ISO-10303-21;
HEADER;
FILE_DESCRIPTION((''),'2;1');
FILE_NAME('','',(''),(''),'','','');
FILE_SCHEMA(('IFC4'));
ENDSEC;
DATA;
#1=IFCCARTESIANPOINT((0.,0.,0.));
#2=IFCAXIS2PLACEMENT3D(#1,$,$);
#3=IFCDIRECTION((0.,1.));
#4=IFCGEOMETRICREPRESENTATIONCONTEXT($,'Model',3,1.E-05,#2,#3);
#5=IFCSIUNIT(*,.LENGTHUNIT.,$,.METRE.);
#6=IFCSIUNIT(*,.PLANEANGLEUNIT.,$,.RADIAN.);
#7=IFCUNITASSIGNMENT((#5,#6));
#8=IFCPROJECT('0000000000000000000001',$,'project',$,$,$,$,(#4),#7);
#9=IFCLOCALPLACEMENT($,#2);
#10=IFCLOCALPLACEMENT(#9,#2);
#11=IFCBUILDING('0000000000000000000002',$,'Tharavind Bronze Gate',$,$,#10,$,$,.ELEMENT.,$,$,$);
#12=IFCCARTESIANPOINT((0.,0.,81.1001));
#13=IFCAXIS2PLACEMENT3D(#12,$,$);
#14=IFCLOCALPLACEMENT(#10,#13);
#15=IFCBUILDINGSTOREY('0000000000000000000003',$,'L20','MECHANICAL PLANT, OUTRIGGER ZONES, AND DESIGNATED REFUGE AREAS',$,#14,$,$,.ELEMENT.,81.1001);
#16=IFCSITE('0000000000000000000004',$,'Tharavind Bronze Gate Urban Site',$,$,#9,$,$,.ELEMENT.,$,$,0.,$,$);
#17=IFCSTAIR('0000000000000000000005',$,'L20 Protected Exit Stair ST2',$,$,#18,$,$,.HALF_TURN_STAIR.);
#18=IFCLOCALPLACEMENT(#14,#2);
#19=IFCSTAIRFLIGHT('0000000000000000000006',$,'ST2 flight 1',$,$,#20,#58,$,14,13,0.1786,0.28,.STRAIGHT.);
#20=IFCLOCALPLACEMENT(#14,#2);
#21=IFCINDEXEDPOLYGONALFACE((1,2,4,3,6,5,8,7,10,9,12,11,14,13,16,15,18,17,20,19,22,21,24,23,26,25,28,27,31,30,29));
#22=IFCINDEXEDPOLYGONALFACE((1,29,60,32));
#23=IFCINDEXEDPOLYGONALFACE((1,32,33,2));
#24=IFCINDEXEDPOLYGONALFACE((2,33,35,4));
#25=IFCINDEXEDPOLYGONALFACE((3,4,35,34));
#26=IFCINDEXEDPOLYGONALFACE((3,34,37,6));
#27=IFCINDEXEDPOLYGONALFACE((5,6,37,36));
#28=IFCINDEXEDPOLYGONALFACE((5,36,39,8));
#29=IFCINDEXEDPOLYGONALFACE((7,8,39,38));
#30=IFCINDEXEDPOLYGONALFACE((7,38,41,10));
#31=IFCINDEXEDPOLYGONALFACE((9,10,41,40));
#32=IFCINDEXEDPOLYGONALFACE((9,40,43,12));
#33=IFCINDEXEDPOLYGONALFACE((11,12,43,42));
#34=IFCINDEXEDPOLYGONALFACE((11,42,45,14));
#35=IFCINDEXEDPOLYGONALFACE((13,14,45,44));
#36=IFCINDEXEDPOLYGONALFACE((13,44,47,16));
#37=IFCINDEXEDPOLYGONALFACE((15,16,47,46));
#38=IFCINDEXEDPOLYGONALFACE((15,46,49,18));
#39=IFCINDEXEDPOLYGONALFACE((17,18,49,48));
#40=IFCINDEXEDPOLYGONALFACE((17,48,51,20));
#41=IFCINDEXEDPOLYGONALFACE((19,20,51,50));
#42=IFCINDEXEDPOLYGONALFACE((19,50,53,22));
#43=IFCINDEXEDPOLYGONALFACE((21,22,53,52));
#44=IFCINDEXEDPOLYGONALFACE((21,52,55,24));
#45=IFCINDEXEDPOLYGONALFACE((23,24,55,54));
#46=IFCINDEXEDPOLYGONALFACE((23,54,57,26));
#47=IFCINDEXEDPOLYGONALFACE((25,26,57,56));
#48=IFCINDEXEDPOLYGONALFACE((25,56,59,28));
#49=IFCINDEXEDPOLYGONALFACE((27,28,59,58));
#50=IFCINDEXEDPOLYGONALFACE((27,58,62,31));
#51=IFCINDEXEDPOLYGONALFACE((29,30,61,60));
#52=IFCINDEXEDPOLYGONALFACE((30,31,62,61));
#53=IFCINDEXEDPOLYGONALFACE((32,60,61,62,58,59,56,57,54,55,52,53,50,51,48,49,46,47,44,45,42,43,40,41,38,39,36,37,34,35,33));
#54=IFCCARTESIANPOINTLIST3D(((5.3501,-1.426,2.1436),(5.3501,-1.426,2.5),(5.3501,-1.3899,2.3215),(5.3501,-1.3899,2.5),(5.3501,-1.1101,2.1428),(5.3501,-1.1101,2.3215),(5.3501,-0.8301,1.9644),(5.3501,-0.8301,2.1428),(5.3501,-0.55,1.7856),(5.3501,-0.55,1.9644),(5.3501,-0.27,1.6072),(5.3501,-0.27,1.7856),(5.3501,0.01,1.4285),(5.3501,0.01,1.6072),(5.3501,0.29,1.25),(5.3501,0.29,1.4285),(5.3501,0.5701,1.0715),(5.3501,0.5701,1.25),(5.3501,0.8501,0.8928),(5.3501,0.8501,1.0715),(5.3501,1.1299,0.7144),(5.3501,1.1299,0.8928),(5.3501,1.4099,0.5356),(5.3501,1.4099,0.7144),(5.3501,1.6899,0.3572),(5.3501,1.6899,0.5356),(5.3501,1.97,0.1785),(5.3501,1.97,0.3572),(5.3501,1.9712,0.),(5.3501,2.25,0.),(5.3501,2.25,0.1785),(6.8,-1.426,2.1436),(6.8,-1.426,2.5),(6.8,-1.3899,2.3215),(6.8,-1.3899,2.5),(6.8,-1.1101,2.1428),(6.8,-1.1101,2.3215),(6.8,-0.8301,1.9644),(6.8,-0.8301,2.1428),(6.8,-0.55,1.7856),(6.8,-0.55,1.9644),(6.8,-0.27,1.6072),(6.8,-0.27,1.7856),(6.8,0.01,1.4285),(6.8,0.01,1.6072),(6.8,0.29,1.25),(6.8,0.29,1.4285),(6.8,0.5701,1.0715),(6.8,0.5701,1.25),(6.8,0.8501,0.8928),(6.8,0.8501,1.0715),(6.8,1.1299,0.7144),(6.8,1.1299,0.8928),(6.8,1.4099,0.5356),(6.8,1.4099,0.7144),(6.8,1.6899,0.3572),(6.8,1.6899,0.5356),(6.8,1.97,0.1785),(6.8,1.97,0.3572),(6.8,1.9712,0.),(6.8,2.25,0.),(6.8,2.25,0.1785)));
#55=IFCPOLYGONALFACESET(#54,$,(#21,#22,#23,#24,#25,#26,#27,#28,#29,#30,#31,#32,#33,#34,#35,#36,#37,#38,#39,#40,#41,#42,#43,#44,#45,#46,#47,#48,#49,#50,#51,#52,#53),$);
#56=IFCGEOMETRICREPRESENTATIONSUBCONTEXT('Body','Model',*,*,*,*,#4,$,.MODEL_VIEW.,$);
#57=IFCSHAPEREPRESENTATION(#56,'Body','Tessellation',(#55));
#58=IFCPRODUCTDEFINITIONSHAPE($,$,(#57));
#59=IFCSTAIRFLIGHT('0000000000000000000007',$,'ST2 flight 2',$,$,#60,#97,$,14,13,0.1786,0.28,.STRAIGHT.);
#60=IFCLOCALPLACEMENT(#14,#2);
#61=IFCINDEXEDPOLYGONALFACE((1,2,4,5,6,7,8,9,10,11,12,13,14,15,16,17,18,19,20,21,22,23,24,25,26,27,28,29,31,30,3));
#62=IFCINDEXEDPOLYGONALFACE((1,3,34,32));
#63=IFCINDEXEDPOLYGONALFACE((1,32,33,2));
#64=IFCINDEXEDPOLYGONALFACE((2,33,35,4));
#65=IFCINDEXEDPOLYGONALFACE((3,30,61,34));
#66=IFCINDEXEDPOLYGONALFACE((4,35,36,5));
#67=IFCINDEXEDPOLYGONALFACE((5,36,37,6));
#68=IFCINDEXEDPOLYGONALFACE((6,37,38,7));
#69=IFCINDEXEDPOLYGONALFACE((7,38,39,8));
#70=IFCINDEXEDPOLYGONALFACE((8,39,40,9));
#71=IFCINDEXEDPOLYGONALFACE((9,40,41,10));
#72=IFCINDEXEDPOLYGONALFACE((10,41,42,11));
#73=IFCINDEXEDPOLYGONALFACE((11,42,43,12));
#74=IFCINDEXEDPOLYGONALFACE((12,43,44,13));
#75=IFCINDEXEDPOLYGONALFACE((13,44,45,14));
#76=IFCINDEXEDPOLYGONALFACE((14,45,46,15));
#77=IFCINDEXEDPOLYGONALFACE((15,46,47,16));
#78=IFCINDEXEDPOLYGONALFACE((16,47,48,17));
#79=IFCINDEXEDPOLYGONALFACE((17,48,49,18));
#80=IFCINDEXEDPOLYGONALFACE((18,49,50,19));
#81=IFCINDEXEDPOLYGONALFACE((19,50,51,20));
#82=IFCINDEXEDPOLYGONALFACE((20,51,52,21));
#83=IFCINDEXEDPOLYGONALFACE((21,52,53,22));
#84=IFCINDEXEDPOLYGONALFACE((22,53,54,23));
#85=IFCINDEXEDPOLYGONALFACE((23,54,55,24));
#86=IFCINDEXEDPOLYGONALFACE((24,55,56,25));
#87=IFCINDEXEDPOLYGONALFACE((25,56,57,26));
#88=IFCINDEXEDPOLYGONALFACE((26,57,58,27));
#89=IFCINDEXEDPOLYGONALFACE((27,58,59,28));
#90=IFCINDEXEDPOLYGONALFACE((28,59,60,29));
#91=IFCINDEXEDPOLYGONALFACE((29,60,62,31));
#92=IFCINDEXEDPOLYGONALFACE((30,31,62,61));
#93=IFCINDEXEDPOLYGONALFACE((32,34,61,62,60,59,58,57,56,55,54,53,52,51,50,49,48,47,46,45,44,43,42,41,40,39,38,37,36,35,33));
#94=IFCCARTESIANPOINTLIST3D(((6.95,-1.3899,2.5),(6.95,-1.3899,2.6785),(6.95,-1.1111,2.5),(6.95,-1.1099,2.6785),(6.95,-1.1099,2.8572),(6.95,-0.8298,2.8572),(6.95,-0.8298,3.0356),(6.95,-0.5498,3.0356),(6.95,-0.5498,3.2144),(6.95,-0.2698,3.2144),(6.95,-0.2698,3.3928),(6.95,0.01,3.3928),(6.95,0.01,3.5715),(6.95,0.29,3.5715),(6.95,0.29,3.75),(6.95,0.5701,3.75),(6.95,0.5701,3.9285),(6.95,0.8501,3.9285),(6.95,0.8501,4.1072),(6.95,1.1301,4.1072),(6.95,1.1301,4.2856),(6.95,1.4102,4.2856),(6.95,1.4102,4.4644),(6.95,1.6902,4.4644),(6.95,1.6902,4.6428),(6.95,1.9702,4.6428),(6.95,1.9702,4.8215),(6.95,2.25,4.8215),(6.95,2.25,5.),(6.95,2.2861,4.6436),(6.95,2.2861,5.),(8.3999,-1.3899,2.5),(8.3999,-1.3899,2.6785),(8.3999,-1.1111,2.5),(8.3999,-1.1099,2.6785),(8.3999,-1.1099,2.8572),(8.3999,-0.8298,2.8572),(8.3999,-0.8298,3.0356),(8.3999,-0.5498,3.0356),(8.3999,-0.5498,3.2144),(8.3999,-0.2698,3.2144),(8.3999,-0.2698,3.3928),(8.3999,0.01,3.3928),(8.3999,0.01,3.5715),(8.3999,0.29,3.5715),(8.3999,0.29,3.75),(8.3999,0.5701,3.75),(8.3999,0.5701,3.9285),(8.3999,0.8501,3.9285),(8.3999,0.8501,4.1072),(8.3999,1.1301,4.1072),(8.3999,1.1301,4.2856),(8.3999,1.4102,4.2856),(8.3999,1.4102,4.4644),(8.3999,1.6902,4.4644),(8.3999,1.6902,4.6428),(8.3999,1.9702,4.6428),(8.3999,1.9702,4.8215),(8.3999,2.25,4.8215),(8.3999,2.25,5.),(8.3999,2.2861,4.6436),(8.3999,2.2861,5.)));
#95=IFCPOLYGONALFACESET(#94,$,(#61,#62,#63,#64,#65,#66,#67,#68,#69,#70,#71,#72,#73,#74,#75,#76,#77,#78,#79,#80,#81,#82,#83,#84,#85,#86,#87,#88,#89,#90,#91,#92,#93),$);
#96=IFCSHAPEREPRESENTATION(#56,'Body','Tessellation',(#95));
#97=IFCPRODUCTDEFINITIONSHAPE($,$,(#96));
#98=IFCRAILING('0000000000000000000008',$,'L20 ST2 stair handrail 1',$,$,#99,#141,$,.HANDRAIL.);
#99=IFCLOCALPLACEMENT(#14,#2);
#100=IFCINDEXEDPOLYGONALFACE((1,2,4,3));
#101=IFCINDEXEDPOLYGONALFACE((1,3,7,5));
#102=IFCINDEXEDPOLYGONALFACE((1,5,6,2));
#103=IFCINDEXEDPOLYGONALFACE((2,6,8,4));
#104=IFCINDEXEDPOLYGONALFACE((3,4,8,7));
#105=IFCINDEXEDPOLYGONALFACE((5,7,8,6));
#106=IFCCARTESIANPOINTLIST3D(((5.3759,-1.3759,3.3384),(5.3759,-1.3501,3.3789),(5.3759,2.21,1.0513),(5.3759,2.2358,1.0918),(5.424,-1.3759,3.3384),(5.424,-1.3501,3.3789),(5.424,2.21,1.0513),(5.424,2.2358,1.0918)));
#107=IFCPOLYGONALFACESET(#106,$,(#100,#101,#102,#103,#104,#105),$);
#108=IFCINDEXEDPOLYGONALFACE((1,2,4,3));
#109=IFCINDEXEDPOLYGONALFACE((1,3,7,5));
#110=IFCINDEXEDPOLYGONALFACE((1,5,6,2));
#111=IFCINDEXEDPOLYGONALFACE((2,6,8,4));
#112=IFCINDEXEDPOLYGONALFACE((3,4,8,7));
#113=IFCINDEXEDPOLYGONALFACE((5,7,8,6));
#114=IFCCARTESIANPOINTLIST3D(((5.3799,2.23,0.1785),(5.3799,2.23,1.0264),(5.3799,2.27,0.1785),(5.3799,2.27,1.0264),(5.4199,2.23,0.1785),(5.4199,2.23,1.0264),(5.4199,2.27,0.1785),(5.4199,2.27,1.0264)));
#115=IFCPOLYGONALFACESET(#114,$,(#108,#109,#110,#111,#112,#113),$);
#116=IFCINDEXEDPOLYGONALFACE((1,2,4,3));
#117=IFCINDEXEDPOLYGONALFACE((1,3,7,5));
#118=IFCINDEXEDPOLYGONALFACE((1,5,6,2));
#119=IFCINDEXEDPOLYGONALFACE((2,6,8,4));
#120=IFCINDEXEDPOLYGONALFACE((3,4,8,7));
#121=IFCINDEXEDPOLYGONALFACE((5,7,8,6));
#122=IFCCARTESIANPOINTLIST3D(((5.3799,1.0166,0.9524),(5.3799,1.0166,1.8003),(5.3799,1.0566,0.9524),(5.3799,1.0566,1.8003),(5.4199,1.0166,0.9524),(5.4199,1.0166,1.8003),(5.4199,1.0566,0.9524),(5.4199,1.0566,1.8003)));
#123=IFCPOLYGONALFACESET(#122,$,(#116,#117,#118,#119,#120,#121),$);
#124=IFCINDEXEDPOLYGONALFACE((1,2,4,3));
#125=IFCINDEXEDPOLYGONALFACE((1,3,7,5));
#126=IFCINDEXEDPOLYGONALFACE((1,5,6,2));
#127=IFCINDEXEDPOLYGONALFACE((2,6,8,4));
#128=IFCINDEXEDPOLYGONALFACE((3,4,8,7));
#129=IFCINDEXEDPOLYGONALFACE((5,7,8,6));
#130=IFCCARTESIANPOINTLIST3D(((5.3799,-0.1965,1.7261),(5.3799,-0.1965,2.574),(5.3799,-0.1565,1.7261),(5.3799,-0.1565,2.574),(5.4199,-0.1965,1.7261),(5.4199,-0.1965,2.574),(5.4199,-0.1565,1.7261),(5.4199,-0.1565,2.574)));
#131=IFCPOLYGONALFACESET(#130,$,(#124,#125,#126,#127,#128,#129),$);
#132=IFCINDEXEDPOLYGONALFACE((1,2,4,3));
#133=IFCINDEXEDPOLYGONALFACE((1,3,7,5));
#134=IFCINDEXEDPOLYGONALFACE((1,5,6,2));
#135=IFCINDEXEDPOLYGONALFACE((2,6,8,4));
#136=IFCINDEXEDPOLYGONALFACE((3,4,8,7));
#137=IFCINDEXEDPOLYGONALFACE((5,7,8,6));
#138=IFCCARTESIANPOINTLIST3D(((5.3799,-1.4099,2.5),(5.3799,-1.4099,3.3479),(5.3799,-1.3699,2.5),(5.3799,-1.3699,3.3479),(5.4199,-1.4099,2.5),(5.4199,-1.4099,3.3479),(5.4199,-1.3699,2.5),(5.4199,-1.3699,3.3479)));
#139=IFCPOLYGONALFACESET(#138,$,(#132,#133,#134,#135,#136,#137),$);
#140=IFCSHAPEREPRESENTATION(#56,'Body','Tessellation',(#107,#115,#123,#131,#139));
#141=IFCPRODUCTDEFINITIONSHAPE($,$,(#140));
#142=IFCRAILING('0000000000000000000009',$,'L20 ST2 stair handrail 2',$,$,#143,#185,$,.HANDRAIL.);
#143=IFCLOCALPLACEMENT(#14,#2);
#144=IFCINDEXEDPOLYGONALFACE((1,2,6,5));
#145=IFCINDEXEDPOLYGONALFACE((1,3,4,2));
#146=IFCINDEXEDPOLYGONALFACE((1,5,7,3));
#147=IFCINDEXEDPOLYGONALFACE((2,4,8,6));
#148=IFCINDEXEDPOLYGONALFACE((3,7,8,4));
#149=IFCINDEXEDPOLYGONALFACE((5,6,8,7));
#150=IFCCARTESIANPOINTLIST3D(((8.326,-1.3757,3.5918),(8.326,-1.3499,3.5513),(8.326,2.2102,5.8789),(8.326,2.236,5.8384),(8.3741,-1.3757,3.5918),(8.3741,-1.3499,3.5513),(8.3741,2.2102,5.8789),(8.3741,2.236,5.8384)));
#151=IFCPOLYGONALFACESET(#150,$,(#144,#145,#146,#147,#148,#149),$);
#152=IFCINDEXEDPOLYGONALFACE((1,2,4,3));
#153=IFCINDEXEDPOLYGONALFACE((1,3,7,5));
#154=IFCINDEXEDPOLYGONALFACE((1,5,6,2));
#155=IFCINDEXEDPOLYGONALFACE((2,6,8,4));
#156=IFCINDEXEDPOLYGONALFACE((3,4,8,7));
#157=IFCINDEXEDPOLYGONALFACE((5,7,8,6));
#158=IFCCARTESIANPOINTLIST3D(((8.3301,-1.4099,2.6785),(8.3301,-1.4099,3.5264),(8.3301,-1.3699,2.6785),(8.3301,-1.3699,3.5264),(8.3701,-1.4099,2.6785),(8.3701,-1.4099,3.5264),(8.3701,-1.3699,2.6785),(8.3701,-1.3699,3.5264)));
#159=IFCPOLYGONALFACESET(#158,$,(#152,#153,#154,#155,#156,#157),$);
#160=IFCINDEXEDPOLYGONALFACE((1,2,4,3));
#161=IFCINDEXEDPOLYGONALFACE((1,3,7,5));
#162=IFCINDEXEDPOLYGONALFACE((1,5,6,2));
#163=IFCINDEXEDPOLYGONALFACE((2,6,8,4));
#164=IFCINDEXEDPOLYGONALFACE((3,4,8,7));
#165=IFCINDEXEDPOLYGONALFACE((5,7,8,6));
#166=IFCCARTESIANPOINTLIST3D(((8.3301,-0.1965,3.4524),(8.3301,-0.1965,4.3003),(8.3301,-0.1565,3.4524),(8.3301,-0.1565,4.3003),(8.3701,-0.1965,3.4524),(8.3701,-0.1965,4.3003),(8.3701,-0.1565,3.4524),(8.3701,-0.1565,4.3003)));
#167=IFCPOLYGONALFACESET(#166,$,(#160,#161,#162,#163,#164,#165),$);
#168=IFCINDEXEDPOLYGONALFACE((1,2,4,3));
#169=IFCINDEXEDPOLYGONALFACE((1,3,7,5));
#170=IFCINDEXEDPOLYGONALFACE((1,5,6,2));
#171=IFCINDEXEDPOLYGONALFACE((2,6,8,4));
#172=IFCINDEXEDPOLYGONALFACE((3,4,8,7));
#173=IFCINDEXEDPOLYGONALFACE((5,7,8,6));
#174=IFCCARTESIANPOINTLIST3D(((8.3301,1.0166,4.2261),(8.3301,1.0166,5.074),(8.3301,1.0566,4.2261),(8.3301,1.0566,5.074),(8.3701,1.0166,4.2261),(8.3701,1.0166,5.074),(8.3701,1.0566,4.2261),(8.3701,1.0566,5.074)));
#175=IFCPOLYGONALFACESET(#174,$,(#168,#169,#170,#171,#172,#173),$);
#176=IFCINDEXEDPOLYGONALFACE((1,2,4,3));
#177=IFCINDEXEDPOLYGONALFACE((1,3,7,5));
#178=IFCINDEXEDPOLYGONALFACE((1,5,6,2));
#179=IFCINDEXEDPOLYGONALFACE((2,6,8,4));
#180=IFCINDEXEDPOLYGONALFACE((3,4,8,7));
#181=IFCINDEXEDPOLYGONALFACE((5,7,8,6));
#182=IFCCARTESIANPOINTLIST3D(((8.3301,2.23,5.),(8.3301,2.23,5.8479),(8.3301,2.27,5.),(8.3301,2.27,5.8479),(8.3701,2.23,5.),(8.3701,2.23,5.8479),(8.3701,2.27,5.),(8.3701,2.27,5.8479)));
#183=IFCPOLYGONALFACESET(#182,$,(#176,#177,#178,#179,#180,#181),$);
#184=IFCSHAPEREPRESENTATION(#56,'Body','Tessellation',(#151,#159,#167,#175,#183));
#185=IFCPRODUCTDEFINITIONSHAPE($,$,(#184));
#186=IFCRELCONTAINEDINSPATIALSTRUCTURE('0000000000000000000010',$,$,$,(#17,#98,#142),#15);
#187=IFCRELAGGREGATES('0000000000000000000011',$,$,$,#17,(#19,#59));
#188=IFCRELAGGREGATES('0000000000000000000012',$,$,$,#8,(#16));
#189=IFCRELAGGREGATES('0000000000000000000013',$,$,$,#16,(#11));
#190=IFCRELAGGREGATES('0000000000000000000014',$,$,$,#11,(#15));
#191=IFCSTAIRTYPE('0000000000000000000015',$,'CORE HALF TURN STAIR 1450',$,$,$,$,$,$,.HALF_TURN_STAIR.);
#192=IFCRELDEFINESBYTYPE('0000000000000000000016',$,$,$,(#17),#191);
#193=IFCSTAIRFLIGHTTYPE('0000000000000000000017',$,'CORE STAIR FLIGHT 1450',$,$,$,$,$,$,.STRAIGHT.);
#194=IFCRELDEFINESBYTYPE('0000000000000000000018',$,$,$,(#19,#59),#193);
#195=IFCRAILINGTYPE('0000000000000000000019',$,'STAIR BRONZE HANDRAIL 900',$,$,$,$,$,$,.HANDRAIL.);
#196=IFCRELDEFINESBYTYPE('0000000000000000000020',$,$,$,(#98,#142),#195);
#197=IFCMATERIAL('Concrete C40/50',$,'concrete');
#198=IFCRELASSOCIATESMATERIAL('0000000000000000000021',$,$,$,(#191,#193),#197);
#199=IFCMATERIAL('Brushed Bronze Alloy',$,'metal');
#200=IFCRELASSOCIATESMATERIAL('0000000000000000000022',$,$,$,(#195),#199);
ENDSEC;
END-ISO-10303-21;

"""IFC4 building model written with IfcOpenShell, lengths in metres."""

from ifc_helpers import new_model, si_unit, direction, frame, origin, origin_2d, place, context, subcontext, project, spatial, polyline, rectangle, outline, extrude, material, type_object, element, aggregate, save


model = new_model("IFC4")

# Units and contexts
model_context = context("Model", 3, precision=1e-05, world=origin(), true_north=direction((0.0, 1.0)))
body_context = subcontext(model_context, "Body", "Model", "MODEL_VIEW")
ifc_project = project(units=[si_unit("LENGTHUNIT", "METRE"), si_unit("PLANEANGLEUNIT", "RADIAN")], contexts=[model_context])

# Site, building, storey
site_placement = place(None, origin())
site = spatial("IfcSite", under=ifc_project, at=site_placement, Name="Tharavind Bronze Gate Urban Site", CompositionType="ELEMENT", RefElevation=0.0)
building_placement = place(site_placement, origin())
building = spatial("IfcBuilding", under=site, at=building_placement, Name="Tharavind Bronze Gate", CompositionType="ELEMENT")
storey_placement = place(building_placement, frame((0.0, 0.0, 81.1001)))
storey = spatial("IfcBuildingStorey", under=building, at=storey_placement, Name="L20", Description="MECHANICAL PLANT, OUTRIGGER ZONES, AND DESIGNATED REFUGE AREAS", CompositionType="ELEMENT", Elevation=81.1001)

# Stair
ifc_material_1 = material(Name="Concrete C40/50", Category="concrete")
stair_type = type_object("IfcStairType", Name="CORE HALF TURN STAIR 1450", PredefinedType="HALF_TURN_STAIR", material=ifc_material_1)
stair_1_placement = place(storey_placement, origin())
stair_1 = element("IfcStair", 1, at=stair_1_placement, inside=storey, type_object=stair_type, Name="L20 Protected Exit Stair ST2", PredefinedType="HALF_TURN_STAIR")

# Stair flights
stair_flight_type = type_object("IfcStairFlightType", Name="CORE STAIR FLIGHT 1450", PredefinedType="STRAIGHT", material=ifc_material_1)
stair_flight_1_placement = place(storey_placement, frame((6.075, 2.25, 0.0), z_axis=(0.0, 0.0, 1.0), x_axis=(0.0, -1.0, 0.0)))
stair_flight_1 = element("IfcStairFlight", 2, at=stair_flight_1_placement, type_object=stair_flight_type, Name="ST2 flight 1", NumberOfRisers=14, NumberOfTreads=13, PredefinedType="STRAIGHT", RiserHeight=0.1786, TreadLength=0.28, context=body_context, shape_type="SweptSolid", body=[
    extrude(outline(polyline([(0.0, 0.0), (0.0, 0.1785), (0.28, 0.1785), (0.28, 0.3572), (0.5601, 0.3572), (0.5601, 0.5356), (0.8401, 0.5356), (0.8401, 0.7144), (1.1201, 0.7144), (1.1201, 0.8928), (1.3999, 0.8928), (1.3999, 1.0715), (1.6799, 1.0715), (1.6799, 1.25), (1.96, 1.25), (1.96, 1.4285), (2.24, 1.4285), (2.24, 1.6072), (2.52, 1.6072), (2.52, 1.7856), (2.8, 1.7856), (2.8, 1.9644), (3.0801, 1.9644), (3.0801, 2.1428), (3.3601, 2.1428), (3.3601, 2.3215), (3.6399, 2.3215), (3.6399, 2.5), (3.676, 2.5), (3.676, 2.1436), (0.2788, 0.0), (0.0, 0.0)])), frame((0.0, 0.7251, 0.0), z_axis=(0.0, -1.0, 0.0), x_axis=(1.0, 0.0, 0.0)), (0.0, 0.0, 1.0), 1.45),
])
stair_flight_2_placement = place(storey_placement, frame((7.675, -1.3899, 2.5), z_axis=(0.0, 0.0, 1.0), x_axis=(0.0, 1.0, 0.0)))
stair_flight_2 = element("IfcStairFlight", 3, at=stair_flight_2_placement, type_object=stair_flight_type, Name="ST2 flight 2", NumberOfRisers=14, NumberOfTreads=13, PredefinedType="STRAIGHT", RiserHeight=0.1786, TreadLength=0.28, context=body_context, shape_type="SweptSolid", body=[
    extrude(outline(polyline([(0.0, 0.0), (0.0, 0.1785), (0.28, 0.1785), (0.28, 0.3572), (0.5601, 0.3572), (0.5601, 0.5356), (0.8401, 0.5356), (0.8401, 0.7144), (1.1201, 0.7144), (1.1201, 0.8928), (1.3999, 0.8928), (1.3999, 1.0715), (1.6799, 1.0715), (1.6799, 1.25), (1.96, 1.25), (1.96, 1.4285), (2.24, 1.4285), (2.24, 1.6072), (2.52, 1.6072), (2.52, 1.7856), (2.8, 1.7856), (2.8, 1.9644), (3.0801, 1.9644), (3.0801, 2.1428), (3.3601, 2.1428), (3.3601, 2.3215), (3.6399, 2.3215), (3.6399, 2.5), (3.676, 2.5), (3.676, 2.1436), (0.2788, 0.0), (0.0, 0.0)])), frame((0.0, 0.7251, 0.0), z_axis=(0.0, -1.0, 0.0), x_axis=(1.0, 0.0, 0.0)), (0.0, 0.0, 1.0), 1.45),
])
aggregate(stair_1, [stair_flight_1, stair_flight_2])

# Railings
ifc_material_2 = material(Name="Brushed Bronze Alloy", Category="metal")
railing_type_1 = type_object("IfcRailingType", Name="STAIR BRONZE HANDRAIL 900", PredefinedType="HANDRAIL", material=ifc_material_2)
railing_1_placement = place(storey_placement, frame((5.3999, 2.25, 0.1785)))
element("IfcRailing", 4, at=railing_1_placement, inside=storey, type_object=railing_type_1, Name="L20 ST2 stair handrail 1", PredefinedType="HANDRAIL", context=body_context, shape_type="SweptSolid", body=[
    extrude(rectangle(XDim=0.0481, YDim=0.0481, at=origin_2d()), frame((0.0, -0.0271, 0.8931), z_axis=(0.0, -0.843112, 0.537739), x_axis=(1.0, 0.0, 0.0)), (0.0, 0.0, 1.0), 4.2532),
    extrude(rectangle(XDim=0.04, YDim=0.04, at=origin_2d()), origin(), (0.0, 0.0, 1.0), 0.8479),
    extrude(rectangle(XDim=0.04, YDim=0.04, at=origin_2d()), frame((0.0, -1.2134, 0.7739)), (0.0, 0.0, 1.0), 0.8479),
    extrude(rectangle(XDim=0.04, YDim=0.04, at=origin_2d()), frame((0.0, -2.4265, 1.5476)), (0.0, 0.0, 1.0), 0.8479),
    extrude(rectangle(XDim=0.04, YDim=0.04, at=origin_2d()), frame((0.0, -3.6399, 2.3215)), (0.0, 0.0, 1.0), 0.8479),
])
railing_2_placement = place(storey_placement, frame((8.3501, -1.3899, 2.6785)))
element("IfcRailing", 5, at=railing_2_placement, inside=storey, type_object=railing_type_1, Name="L20 ST2 stair handrail 2", PredefinedType="HANDRAIL", context=body_context, shape_type="SweptSolid", body=[
    extrude(rectangle(XDim=0.0481, YDim=0.0481, at=origin_2d()), frame((0.0, 0.0271, 0.8931), z_axis=(0.0, 0.843112, 0.537739), x_axis=(-1.0, 0.0, 0.0)), (0.0, 0.0, 1.0), 4.2532),
    extrude(rectangle(XDim=0.04, YDim=0.04, at=origin_2d()), origin(), (0.0, 0.0, 1.0), 0.8479),
    extrude(rectangle(XDim=0.04, YDim=0.04, at=origin_2d()), frame((0.0, 1.2134, 0.7739)), (0.0, 0.0, 1.0), 0.8479),
    extrude(rectangle(XDim=0.04, YDim=0.04, at=origin_2d()), frame((0.0, 2.4265, 1.5476)), (0.0, 0.0, 1.0), 0.8479),
    extrude(rectangle(XDim=0.04, YDim=0.04, at=origin_2d()), frame((0.0, 3.6399, 2.3215)), (0.0, 0.0, 1.0), 0.8479),
])

save(model, "model.ifc")
